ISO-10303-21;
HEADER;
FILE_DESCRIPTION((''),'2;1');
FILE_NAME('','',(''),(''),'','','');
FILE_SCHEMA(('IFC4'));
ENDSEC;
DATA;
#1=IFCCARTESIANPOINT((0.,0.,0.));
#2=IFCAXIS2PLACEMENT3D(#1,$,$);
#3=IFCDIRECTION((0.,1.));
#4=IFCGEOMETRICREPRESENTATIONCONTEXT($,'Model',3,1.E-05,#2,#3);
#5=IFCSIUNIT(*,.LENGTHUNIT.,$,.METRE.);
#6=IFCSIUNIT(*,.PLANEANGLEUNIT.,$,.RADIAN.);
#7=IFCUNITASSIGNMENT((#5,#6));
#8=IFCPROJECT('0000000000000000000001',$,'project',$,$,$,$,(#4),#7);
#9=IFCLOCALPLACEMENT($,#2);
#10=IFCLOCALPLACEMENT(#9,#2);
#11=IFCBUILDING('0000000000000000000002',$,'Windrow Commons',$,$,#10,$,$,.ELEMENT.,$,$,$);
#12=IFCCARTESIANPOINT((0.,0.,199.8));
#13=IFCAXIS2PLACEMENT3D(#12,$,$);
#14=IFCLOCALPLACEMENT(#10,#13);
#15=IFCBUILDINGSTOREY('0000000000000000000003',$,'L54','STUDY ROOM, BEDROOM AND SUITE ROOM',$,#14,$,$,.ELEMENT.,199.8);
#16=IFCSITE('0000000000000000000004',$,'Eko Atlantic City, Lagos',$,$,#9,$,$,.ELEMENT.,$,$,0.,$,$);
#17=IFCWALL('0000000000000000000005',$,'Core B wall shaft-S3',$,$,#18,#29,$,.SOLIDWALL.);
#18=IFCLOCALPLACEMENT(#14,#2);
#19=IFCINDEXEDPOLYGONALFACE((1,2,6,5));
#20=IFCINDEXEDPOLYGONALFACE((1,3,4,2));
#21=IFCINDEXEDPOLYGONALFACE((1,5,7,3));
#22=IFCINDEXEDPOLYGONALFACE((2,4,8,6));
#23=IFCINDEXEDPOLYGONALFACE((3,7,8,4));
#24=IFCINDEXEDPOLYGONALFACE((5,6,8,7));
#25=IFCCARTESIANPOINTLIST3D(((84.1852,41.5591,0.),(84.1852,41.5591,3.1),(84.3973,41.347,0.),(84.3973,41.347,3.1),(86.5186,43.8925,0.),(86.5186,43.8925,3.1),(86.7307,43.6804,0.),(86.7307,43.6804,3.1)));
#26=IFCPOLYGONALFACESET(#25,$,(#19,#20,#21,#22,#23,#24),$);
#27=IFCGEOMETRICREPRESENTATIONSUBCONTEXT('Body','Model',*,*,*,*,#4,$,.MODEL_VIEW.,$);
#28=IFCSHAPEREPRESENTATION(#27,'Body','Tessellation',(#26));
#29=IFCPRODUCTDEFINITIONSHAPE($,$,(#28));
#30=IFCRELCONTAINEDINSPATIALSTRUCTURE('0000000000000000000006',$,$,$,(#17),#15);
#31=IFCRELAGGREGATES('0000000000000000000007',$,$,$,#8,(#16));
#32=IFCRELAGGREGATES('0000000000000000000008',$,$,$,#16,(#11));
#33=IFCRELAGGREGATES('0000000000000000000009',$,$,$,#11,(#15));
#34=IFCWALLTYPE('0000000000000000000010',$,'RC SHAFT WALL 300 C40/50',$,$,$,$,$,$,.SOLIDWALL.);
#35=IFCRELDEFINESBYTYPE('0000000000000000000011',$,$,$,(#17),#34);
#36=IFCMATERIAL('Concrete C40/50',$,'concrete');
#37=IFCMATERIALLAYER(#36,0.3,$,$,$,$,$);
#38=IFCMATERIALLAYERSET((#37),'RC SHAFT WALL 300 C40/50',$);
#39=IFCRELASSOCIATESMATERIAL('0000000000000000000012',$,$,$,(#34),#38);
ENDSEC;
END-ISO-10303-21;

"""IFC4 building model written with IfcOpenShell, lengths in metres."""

from ifc_helpers import new_model, si_unit, direction, frame, frame_2d, origin, place, context, subcontext, project, spatial, rectangle, extrude, material, layer, layer_set, type_object, element, save


model = new_model("IFC4")

# Units and contexts
model_context = context("Model", 3, precision=1e-05, world=origin(), true_north=direction((0.0, 1.0)))
body_context = subcontext(model_context, "Body", "Model", "MODEL_VIEW")
ifc_project = project(units=[si_unit("LENGTHUNIT", "METRE"), si_unit("PLANEANGLEUNIT", "RADIAN")], contexts=[model_context])

# Site, building, storey
site_placement = place(None, origin())
site = spatial("IfcSite", under=ifc_project, at=site_placement, Name="Eko Atlantic City, Lagos", CompositionType="ELEMENT", RefElevation=0.0)
building_placement = place(site_placement, origin())
building = spatial("IfcBuilding", under=site, at=building_placement, Name="Windrow Commons", CompositionType="ELEMENT")
storey_placement = place(building_placement, frame((0.0, 0.0, 199.8)))
storey = spatial("IfcBuildingStorey", under=building, at=storey_placement, Name="L54", Description="STUDY ROOM, BEDROOM AND SUITE ROOM", CompositionType="ELEMENT", Elevation=199.8)

# Wall
ifc_material_1 = material(Name="Concrete C40/50", Category="concrete")
ifc_layer_1 = layer(ifc_material_1, 0.3)
ifc_layer_set_1 = layer_set([ifc_layer_1], Name="RC SHAFT WALL 300 C40/50")
wall_type_1 = type_object("IfcWallType", Name="RC SHAFT WALL 300 C40/50", PredefinedType="SOLIDWALL", material=ifc_layer_set_1)
wall_1_placement = place(storey_placement, frame((84.2912, 41.453, 0.0), z_axis=(0.0, 0.0, 1.0), x_axis=(0.707107, 0.707107, 0.0)))
element("IfcWall", 1, at=wall_1_placement, inside=storey, type_object=wall_type_1, Name="Core B wall shaft-S3", PredefinedType="SOLIDWALL", context=body_context, shape_type="SweptSolid", body=[
    extrude(rectangle(XDim=3.2999, YDim=0.3, at=frame_2d((1.65, 0.0))), origin(), (0.0, 0.0, 1.0), 3.1),
])

save(model, "model.ifc")
